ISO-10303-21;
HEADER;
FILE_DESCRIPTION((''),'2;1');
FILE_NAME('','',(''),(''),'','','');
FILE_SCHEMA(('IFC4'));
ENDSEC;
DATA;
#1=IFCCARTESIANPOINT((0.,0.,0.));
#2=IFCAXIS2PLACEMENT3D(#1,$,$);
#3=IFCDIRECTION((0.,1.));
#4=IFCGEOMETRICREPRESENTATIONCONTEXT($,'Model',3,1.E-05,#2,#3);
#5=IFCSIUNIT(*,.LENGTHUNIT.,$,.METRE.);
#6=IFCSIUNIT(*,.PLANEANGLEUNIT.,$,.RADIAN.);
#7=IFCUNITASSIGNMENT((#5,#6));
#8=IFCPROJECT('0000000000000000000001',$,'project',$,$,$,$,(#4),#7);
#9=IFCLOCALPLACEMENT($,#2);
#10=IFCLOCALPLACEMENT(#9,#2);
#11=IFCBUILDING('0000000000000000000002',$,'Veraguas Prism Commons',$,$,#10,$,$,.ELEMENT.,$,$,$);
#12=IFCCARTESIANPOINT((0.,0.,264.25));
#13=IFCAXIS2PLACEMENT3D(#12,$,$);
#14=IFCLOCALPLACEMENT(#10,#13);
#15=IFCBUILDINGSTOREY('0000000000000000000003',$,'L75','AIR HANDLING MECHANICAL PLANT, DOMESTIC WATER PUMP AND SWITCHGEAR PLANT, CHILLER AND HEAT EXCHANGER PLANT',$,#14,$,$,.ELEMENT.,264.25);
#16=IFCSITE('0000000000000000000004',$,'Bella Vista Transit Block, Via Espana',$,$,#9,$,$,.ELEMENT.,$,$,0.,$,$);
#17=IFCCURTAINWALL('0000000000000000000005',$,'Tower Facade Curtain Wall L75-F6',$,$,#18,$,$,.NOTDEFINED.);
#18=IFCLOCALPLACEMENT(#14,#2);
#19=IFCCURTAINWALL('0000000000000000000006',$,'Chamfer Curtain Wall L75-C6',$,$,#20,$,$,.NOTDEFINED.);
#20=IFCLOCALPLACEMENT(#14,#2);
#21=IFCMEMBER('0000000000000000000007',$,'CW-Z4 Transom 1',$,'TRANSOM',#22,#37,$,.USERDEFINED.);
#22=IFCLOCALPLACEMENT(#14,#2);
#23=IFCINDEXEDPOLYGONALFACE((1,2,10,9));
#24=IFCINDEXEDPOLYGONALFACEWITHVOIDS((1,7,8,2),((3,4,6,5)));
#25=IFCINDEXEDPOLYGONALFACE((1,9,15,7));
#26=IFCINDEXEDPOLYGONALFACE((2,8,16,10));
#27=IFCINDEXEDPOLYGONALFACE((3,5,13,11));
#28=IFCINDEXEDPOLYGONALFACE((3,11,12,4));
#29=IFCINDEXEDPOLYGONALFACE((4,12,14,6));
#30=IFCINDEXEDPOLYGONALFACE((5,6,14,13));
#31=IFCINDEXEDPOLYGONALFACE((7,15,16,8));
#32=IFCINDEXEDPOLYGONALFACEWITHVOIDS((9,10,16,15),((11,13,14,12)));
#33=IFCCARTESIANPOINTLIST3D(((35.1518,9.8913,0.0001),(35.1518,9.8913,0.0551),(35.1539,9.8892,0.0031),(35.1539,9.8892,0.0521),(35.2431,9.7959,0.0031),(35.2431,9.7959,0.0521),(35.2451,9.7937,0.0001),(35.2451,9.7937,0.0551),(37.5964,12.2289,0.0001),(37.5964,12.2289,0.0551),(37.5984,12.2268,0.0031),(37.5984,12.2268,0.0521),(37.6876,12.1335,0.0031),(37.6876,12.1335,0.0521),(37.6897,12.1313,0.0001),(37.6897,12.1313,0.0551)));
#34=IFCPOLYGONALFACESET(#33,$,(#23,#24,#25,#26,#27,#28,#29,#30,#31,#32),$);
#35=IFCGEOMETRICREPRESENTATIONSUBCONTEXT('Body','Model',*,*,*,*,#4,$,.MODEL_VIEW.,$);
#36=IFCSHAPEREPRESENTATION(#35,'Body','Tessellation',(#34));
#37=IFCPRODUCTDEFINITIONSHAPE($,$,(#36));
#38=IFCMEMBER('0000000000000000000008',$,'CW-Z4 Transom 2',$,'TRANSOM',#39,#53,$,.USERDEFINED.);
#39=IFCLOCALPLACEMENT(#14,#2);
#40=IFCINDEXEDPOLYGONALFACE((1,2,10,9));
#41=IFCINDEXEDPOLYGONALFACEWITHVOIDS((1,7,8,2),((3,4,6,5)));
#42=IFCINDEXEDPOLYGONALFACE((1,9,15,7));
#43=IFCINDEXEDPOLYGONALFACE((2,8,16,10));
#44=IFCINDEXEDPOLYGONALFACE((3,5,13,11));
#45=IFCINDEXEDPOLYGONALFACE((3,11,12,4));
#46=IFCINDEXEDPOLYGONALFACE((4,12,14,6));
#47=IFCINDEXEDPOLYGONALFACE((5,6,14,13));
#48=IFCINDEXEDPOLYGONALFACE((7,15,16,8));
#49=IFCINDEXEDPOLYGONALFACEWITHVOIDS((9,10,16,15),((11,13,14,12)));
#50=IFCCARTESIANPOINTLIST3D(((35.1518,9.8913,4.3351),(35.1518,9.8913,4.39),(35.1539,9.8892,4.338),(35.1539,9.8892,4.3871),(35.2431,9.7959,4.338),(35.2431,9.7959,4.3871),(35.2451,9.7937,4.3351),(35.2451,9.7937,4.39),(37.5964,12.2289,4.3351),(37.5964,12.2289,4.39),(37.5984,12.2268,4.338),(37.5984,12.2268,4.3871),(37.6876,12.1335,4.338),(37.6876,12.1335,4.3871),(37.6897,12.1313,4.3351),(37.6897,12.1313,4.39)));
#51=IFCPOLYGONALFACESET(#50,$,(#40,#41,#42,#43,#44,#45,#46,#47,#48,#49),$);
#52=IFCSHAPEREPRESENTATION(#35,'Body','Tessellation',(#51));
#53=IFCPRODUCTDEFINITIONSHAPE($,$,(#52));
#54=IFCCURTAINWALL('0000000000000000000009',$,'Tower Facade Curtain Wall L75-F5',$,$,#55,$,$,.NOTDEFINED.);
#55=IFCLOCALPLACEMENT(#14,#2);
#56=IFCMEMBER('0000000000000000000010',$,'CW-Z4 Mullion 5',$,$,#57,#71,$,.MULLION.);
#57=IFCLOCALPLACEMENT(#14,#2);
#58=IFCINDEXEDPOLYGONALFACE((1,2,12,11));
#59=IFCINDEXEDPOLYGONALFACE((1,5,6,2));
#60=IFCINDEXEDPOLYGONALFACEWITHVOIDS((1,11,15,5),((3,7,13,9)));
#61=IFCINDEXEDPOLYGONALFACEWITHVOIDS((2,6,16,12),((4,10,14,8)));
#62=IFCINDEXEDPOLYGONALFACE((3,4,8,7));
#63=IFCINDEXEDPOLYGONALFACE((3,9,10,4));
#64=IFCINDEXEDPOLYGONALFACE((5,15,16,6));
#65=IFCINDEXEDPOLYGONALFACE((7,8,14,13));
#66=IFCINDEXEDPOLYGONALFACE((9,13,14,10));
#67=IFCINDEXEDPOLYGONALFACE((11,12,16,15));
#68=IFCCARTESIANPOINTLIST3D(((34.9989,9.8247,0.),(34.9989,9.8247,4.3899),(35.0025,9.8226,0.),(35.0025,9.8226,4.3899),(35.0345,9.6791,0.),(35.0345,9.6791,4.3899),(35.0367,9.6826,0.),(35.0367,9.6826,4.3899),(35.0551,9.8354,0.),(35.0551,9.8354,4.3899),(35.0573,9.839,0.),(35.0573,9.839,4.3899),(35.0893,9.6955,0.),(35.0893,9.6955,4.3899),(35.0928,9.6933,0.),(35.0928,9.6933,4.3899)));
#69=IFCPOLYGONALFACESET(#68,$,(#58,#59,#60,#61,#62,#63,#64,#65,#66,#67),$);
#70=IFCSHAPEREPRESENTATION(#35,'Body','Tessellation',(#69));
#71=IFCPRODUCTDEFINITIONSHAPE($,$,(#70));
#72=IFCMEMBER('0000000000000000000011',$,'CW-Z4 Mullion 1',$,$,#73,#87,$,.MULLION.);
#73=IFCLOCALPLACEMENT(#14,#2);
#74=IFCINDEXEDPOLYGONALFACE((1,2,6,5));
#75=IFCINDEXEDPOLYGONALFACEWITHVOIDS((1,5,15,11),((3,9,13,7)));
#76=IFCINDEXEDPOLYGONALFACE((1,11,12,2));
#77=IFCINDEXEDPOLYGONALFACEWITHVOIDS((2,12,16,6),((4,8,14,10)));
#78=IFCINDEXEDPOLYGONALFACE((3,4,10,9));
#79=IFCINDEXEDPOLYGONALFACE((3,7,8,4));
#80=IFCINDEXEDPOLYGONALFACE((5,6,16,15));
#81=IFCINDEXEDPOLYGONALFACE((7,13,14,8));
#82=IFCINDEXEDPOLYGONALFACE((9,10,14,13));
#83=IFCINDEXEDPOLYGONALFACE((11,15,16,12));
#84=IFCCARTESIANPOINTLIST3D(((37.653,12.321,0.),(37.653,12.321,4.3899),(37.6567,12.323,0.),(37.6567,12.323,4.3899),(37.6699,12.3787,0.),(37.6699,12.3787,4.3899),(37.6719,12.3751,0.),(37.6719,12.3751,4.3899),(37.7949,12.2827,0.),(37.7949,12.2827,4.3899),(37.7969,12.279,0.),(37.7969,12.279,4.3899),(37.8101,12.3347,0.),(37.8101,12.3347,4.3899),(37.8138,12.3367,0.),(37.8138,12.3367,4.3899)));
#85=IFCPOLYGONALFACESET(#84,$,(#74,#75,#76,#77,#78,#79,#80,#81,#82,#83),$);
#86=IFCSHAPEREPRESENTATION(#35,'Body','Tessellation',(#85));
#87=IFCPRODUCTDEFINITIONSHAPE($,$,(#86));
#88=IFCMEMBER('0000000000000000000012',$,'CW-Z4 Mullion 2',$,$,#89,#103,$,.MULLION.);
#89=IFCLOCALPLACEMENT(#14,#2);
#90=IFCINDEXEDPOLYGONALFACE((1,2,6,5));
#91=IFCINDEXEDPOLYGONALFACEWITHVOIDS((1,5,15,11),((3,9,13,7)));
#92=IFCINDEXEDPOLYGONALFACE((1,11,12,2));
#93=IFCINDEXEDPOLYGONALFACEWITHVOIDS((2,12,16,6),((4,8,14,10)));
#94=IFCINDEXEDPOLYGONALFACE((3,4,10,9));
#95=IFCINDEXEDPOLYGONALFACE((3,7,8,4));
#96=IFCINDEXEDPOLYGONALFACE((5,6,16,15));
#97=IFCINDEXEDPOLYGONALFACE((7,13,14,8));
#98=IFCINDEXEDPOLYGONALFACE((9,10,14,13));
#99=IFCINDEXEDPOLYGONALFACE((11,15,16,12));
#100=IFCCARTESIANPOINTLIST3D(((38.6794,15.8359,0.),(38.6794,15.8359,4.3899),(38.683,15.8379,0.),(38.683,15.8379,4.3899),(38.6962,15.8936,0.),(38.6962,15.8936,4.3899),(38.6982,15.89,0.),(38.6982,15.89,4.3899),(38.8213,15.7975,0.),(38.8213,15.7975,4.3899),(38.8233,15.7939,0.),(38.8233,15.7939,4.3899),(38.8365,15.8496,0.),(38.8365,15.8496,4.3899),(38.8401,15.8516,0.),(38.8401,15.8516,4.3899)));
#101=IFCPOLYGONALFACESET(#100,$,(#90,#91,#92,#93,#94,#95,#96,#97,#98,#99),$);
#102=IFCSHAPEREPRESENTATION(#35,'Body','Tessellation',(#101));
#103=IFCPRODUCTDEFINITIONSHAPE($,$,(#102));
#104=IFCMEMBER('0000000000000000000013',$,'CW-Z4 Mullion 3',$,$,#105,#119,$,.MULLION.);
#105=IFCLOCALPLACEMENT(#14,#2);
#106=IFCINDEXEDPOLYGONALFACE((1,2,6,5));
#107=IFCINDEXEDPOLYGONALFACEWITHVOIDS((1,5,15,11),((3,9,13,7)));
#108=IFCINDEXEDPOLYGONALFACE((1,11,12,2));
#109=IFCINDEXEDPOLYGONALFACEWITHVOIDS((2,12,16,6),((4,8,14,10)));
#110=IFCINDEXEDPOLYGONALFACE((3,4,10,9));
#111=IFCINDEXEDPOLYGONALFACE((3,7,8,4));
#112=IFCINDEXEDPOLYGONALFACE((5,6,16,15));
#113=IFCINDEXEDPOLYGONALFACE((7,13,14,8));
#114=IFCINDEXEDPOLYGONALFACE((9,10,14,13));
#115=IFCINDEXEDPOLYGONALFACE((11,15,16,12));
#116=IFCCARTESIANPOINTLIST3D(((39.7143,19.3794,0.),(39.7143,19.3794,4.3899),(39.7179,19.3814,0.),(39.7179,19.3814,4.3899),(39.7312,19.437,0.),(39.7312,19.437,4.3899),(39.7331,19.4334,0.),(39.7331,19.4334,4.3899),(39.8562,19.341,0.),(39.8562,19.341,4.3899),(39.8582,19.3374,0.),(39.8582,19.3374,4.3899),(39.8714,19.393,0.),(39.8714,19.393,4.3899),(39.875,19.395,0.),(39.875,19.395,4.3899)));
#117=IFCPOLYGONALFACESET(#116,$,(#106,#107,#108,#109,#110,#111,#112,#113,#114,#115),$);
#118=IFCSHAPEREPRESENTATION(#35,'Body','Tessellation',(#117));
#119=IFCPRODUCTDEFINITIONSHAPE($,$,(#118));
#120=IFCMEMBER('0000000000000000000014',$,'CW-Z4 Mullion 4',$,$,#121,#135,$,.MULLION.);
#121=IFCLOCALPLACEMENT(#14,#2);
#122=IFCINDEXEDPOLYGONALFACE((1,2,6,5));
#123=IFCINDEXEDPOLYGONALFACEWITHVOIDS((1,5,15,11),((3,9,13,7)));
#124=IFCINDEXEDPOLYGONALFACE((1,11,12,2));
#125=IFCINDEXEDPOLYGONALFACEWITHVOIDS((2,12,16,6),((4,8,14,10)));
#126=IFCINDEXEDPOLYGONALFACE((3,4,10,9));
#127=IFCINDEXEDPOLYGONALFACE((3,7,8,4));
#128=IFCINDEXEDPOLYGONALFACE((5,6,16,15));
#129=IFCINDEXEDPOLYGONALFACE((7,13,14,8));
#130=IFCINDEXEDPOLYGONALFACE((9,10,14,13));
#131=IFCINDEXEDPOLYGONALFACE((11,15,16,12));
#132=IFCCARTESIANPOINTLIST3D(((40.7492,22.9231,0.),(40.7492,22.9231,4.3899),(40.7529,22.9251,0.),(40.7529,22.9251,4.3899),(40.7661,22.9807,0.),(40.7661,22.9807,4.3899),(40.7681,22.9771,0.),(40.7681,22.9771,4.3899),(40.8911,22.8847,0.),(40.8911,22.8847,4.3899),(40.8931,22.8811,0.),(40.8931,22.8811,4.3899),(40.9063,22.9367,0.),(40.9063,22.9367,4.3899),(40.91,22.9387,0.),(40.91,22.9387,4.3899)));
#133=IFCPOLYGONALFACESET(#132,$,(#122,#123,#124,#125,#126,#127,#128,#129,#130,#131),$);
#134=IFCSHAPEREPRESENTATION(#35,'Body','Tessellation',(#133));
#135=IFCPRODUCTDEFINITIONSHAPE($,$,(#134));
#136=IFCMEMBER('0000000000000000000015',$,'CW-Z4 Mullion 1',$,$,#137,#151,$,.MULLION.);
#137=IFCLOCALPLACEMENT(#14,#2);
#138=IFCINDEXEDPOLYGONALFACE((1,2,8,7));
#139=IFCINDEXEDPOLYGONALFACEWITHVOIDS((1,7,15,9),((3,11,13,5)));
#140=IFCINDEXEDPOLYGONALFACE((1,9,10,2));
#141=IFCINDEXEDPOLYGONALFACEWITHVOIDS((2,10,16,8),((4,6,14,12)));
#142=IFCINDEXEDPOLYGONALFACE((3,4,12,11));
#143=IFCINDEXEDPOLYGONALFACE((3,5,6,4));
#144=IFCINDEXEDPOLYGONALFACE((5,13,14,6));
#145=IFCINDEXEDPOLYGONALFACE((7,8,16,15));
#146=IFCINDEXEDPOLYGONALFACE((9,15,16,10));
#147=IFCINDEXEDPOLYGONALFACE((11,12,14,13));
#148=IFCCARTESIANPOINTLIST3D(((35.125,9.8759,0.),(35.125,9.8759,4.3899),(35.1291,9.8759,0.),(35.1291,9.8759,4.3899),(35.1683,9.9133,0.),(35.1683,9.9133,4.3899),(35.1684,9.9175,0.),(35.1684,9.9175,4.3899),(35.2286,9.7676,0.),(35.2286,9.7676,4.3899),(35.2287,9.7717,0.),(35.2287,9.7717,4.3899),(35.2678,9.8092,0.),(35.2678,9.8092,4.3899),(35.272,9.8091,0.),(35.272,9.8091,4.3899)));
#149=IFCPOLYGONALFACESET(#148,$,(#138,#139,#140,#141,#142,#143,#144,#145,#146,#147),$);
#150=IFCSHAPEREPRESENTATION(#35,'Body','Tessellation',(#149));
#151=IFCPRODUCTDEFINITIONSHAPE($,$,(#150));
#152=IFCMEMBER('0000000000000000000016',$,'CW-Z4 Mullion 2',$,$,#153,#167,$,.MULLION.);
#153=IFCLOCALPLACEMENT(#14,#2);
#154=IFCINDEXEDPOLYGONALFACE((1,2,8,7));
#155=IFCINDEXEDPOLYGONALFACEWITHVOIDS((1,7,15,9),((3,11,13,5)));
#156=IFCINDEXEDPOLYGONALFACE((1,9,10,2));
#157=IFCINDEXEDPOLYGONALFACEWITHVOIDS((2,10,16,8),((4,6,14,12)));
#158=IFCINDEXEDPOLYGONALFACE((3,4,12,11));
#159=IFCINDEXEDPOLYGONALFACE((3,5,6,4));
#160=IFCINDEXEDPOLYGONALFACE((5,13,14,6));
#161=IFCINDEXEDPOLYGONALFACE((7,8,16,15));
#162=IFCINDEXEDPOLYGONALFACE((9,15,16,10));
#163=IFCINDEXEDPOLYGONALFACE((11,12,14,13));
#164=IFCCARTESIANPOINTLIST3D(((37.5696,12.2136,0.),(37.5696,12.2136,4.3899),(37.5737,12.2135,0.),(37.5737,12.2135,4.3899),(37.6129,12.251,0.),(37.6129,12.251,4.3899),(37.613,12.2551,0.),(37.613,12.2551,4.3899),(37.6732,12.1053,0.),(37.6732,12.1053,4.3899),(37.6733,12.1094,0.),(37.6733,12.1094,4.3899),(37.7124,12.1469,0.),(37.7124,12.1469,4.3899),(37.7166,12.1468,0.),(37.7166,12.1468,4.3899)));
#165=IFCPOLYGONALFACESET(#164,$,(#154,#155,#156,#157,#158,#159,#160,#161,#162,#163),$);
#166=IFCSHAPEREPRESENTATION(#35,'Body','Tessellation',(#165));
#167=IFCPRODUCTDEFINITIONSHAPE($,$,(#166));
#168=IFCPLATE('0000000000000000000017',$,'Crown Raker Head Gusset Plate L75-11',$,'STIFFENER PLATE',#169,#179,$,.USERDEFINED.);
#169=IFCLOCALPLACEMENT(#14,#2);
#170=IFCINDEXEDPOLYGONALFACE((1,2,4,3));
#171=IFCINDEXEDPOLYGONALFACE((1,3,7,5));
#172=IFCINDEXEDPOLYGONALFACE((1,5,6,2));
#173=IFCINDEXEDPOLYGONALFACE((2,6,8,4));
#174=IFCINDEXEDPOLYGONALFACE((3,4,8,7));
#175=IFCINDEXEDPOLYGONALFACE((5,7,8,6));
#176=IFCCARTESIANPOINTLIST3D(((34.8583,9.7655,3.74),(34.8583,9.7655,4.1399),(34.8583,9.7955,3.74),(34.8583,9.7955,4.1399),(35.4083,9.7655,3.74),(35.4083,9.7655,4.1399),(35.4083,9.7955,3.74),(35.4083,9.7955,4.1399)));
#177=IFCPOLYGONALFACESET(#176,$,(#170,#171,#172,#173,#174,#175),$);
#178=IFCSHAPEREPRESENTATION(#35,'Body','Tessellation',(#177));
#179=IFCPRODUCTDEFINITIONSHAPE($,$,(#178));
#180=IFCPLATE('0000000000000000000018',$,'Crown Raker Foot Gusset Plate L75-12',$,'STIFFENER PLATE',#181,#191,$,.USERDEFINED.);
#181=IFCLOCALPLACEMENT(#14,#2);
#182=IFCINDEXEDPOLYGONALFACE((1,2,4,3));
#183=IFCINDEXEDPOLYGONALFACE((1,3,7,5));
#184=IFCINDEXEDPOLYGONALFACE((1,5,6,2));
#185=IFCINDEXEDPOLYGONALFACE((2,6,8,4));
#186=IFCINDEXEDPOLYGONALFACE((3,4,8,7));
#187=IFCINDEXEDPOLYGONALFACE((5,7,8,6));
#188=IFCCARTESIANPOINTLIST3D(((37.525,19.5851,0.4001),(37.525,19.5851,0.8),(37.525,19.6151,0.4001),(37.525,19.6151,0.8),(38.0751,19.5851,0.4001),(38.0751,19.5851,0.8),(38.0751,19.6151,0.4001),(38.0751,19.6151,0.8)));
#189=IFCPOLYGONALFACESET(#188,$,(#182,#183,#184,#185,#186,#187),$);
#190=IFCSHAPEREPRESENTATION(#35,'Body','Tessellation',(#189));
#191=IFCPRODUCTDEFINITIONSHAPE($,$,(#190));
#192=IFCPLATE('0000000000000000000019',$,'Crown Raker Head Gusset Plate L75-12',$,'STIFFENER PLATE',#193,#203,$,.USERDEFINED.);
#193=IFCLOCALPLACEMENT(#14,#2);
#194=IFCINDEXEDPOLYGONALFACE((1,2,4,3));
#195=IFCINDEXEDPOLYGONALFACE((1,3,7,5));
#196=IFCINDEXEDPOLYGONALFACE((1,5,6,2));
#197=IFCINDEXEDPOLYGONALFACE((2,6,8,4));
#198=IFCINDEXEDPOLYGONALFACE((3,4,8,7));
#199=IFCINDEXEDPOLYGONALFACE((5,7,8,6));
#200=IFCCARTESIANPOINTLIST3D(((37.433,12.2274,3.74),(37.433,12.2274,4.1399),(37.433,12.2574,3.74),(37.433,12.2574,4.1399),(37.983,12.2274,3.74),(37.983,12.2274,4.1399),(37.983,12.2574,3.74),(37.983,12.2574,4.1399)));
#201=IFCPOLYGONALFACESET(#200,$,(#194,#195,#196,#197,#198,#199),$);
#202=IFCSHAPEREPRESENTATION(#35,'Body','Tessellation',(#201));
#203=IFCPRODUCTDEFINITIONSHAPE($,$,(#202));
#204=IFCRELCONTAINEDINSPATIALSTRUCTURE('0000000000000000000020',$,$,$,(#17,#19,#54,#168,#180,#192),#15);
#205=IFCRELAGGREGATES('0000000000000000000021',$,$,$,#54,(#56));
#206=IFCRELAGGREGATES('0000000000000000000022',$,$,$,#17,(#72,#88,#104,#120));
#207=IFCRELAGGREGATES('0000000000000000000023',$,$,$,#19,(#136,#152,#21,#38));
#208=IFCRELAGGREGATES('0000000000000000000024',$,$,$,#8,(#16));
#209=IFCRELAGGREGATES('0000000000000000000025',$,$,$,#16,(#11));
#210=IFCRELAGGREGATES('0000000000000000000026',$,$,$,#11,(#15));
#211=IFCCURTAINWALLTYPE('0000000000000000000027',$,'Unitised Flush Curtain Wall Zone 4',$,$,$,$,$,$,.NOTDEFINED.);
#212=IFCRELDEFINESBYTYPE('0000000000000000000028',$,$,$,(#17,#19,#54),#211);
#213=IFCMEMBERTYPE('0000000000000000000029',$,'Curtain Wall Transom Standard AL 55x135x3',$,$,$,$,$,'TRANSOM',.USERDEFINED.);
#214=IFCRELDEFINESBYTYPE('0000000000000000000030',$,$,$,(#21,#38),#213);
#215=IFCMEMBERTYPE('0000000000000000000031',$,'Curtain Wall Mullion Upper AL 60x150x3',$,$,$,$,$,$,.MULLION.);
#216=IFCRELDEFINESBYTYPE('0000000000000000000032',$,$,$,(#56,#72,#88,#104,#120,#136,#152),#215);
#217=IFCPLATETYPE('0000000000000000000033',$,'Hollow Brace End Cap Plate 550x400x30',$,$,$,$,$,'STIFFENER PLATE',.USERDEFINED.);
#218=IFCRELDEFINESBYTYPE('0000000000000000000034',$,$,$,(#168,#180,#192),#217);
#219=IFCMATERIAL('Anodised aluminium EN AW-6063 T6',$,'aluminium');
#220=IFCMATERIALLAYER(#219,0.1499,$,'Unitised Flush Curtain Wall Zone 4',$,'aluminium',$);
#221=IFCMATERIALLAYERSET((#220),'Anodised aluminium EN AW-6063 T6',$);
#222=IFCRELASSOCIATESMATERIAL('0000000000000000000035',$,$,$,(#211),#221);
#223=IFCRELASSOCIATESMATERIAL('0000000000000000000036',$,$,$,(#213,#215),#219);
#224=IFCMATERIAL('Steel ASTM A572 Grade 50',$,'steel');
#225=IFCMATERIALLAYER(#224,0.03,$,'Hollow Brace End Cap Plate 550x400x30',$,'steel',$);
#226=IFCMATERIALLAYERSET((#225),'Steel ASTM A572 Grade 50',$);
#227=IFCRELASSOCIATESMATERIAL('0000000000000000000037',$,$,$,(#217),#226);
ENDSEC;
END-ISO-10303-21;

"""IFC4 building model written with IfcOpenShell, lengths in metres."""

from ifc_helpers import new_model, si_unit, direction, frame, origin, origin_2d, place, context, subcontext, project, spatial, rectangle, hollow_rectangle, extrude, source, transform, mapped, material, layer, layer_set, material_profile, profile_set, type_object, element, aggregate, save


model = new_model("IFC4")

# Units and contexts
model_context = context("Model", 3, precision=1e-05, world=origin(), true_north=direction((0.0, 1.0)))
body_context = subcontext(model_context, "Body", "Model", "MODEL_VIEW")
ifc_project = project(units=[si_unit("LENGTHUNIT", "METRE"), si_unit("PLANEANGLEUNIT", "RADIAN")], contexts=[model_context])

# Site, building, storey
site_placement = place(None, origin())
site = spatial("IfcSite", under=ifc_project, at=site_placement, Name="Bella Vista Transit Block, Via Espana", CompositionType="ELEMENT", RefElevation=0.0)
building_placement = place(site_placement, origin())
building = spatial("IfcBuilding", under=site, at=building_placement, Name="Veraguas Prism Commons", CompositionType="ELEMENT")
storey_placement = place(building_placement, frame((0.0, 0.0, 264.25)))
storey = spatial("IfcBuildingStorey", under=building, at=storey_placement, Name="L75", Description="AIR HANDLING MECHANICAL PLANT, DOMESTIC WATER PUMP AND SWITCHGEAR PLANT, CHILLER AND HEAT EXCHANGER PLANT", CompositionType="ELEMENT", Elevation=264.25)

# Curtain walls, members
ifc_material_1 = material(Name="Anodised aluminium EN AW-6063 T6", Category="aluminium")
ifc_layer_1 = layer(ifc_material_1, 0.1499, Name="Unitised Flush Curtain Wall Zone 4", Category="aluminium")
ifc_layer_set_1 = layer_set([ifc_layer_1], Name="Anodised aluminium EN AW-6063 T6")
curtain_wall_type = type_object("IfcCurtainWallType", Name="Unitised Flush Curtain Wall Zone 4", PredefinedType="NOTDEFINED", material=ifc_layer_set_1)
curtain_wall_1_placement = place(storey_placement, origin())
curtain_wall_1 = element("IfcCurtainWall", 1, at=curtain_wall_1_placement, inside=storey, type_object=curtain_wall_type, Name="Tower Facade Curtain Wall L75-F6", PredefinedType="NOTDEFINED")
ifc_material_profile_1 = material_profile(ifc_material_1, hollow_rectangle(XDim=0.0549, YDim=0.135, WallThickness=0.0029, at=origin_2d()), Name="AL55X135X3")
ifc_profile_set_1 = profile_set([ifc_material_profile_1], Name="Anodised aluminium EN AW-6063 T6")
member_type_1 = type_object("IfcMemberType", Name="Curtain Wall Transom Standard AL 55x135x3", ElementType="TRANSOM", PredefinedType="USERDEFINED", material=ifc_profile_set_1)
curtain_wall_2_placement = place(storey_placement, origin())
curtain_wall_2 = element("IfcCurtainWall", 2, at=curtain_wall_2_placement, inside=storey, type_object=curtain_wall_type, Name="Chamfer Curtain Wall L75-C6", PredefinedType="NOTDEFINED")
shared_shape_1 = source(origin(), body_context, "Body", "SweptSolid", [
    extrude(hollow_rectangle(XDim=0.0549, YDim=0.135, WallThickness=0.0029, at=origin_2d()), origin(), (0.0, 0.0, 1.0), 3.3823),
])
member_1_placement = place(storey_placement, frame((35.1985, 9.8425, 0.0276), z_axis=(0.722737, 0.691123, 0.0), x_axis=(0.0, 0.0, 1.0)))
member_1 = element("IfcMember", 3, at=member_1_placement, type_object=member_type_1, Name="CW-Z4 Transom 1", ObjectType="TRANSOM", PredefinedType="USERDEFINED", context=body_context, shape_type="MappedRepresentation", body=[
    mapped(shared_shape_1, transform((0.0, 0.0, 0.0), scale=1.0)),
])
member_2_placement = place(storey_placement, frame((35.1985, 9.8425, 4.3625), z_axis=(0.722737, 0.691123, 0.0), x_axis=(0.0, 0.0, 1.0)))
member_2 = element("IfcMember", 4, at=member_2_placement, type_object=member_type_1, Name="CW-Z4 Transom 2", ObjectType="TRANSOM", PredefinedType="USERDEFINED", context=body_context, shape_type="MappedRepresentation", body=[
    mapped(shared_shape_1, transform((0.0, 0.0, 0.0), scale=1.0)),
])

# Curtain wall, member
curtain_wall_3_placement = place(storey_placement, origin())
curtain_wall_3 = element("IfcCurtainWall", 5, at=curtain_wall_3_placement, inside=storey, type_object=curtain_wall_type, Name="Tower Facade Curtain Wall L75-F5", PredefinedType="NOTDEFINED")
ifc_material_profile_2 = material_profile(ifc_material_1, hollow_rectangle(XDim=0.0601, YDim=0.1499, WallThickness=0.0029, at=origin_2d()), Name="AL60X150X3")
ifc_profile_set_2 = profile_set([ifc_material_profile_2], Name="Anodised aluminium EN AW-6063 T6")
member_type_2 = type_object("IfcMemberType", Name="Curtain Wall Mullion Upper AL 60x150x3", PredefinedType="MULLION", material=ifc_profile_set_2)
shared_shape_2 = source(origin(), body_context, "Body", "SweptSolid", [
    extrude(hollow_rectangle(XDim=0.0601, YDim=0.1499, WallThickness=0.0029, at=origin_2d()), origin(), (0.0, 0.0, 1.0), 4.3899),
])
member_3_placement = place(storey_placement, frame((35.0459, 9.759, 0.0), z_axis=(0.0, 0.0, 1.0), x_axis=(0.971466, 0.237181, 0.0)))
member_3 = element("IfcMember", 6, at=member_3_placement, type_object=member_type_2, Name="CW-Z4 Mullion 5", PredefinedType="MULLION", context=body_context, shape_type="MappedRepresentation", body=[
    mapped(shared_shape_2, transform((0.0, 0.0, 0.0), scale=1.0)),
])
aggregate(curtain_wall_3, [member_3])

# Members
member_4_placement = place(storey_placement, frame((37.7334, 12.3289, 0.0), z_axis=(0.0, 0.0, 1.0), x_axis=(0.280338, 0.959901, 0.0)))
member_4 = element("IfcMember", 7, at=member_4_placement, type_object=member_type_2, Name="CW-Z4 Mullion 1", PredefinedType="MULLION", context=body_context, shape_type="MappedRepresentation", body=[
    mapped(shared_shape_2, transform((0.0, 0.0, 0.0), scale=1.0)),
])
member_5_placement = place(storey_placement, frame((38.7598, 15.8438, 0.0), z_axis=(0.0, 0.0, 1.0), x_axis=(0.280338, 0.959901, 0.0)))
member_5 = element("IfcMember", 8, at=member_5_placement, type_object=member_type_2, Name="CW-Z4 Mullion 2", PredefinedType="MULLION", context=body_context, shape_type="MappedRepresentation", body=[
    mapped(shared_shape_2, transform((0.0, 0.0, 0.0), scale=1.0)),
])
member_6_placement = place(storey_placement, frame((39.7947, 19.3872, 0.0), z_axis=(0.0, 0.0, 1.0), x_axis=(0.280338, 0.959901, 0.0)))
member_6 = element("IfcMember", 9, at=member_6_placement, type_object=member_type_2, Name="CW-Z4 Mullion 3", PredefinedType="MULLION", context=body_context, shape_type="MappedRepresentation", body=[
    mapped(shared_shape_2, transform((0.0, 0.0, 0.0), scale=1.0)),
])
member_7_placement = place(storey_placement, frame((40.8296, 22.9309, 0.0), z_axis=(0.0, 0.0, 1.0), x_axis=(0.280338, 0.959901, 0.0)))
member_7 = element("IfcMember", 10, at=member_7_placement, type_object=member_type_2, Name="CW-Z4 Mullion 4", PredefinedType="MULLION", context=body_context, shape_type="MappedRepresentation", body=[
    mapped(shared_shape_2, transform((0.0, 0.0, 0.0), scale=1.0)),
])
member_8_placement = place(storey_placement, frame((35.1985, 9.8425, 0.0), z_axis=(0.0, 0.0, 1.0), x_axis=(0.722733, 0.691127, 0.0)))
member_8 = element("IfcMember", 11, at=member_8_placement, type_object=member_type_2, Name="CW-Z4 Mullion 1", PredefinedType="MULLION", context=body_context, shape_type="MappedRepresentation", body=[
    mapped(shared_shape_2, transform((0.0, 0.0, 0.0), scale=1.0)),
])
member_9_placement = place(storey_placement, frame((37.6431, 12.1802, 0.0), z_axis=(0.0, 0.0, 1.0), x_axis=(0.722733, 0.691127, 0.0)))
member_9 = element("IfcMember", 12, at=member_9_placement, type_object=member_type_2, Name="CW-Z4 Mullion 2", PredefinedType="MULLION", context=body_context, shape_type="MappedRepresentation", body=[
    mapped(shared_shape_2, transform((0.0, 0.0, 0.0), scale=1.0)),
])

# Plates
ifc_material_2 = material(Name="Steel ASTM A572 Grade 50", Category="steel")
ifc_layer_2 = layer(ifc_material_2, 0.03, Name="Hollow Brace End Cap Plate 550x400x30", Category="steel")
ifc_layer_set_2 = layer_set([ifc_layer_2], Name="Steel ASTM A572 Grade 50")
plate_type_1 = type_object("IfcPlateType", Name="Hollow Brace End Cap Plate 550x400x30", ElementType="STIFFENER PLATE", PredefinedType="USERDEFINED", material=ifc_layer_set_2)
shared_shape_3 = source(origin(), body_context, "Body", "SweptSolid", [
    extrude(rectangle(XDim=0.55, YDim=0.03, at=origin_2d()), origin(), (0.0, 0.0, 1.0), 0.3999),
])
for number, where, z_axis, x_axis, name in (
    (13, (35.1333, 9.7805, 3.74), (0.0, 0.0, 1.0), (1.0, 0.0, 0.0), "Crown Raker Head Gusset Plate L75-11"),
    (14, (37.8, 19.6001, 0.4001), (0.0, 0.0, 1.0), (1.0, 0.0, 0.0), "Crown Raker Foot Gusset Plate L75-12"),
    (15, (37.708, 12.2424, 3.74), (0.0, 0.0, 1.0), (1.0, 0.0, 0.0), "Crown Raker Head Gusset Plate L75-12"),
):
    element("IfcPlate", number, at=place(storey_placement, frame(where, z_axis=z_axis, x_axis=x_axis)), inside=storey, type_object=plate_type_1, Name=name, ObjectType="STIFFENER PLATE", PredefinedType="USERDEFINED", context=body_context, shape_type="MappedRepresentation", body=[
        mapped(shared_shape_3, transform((0.0, 0.0, 0.0), scale=1.0)),
    ])

aggregate(curtain_wall_1, [member_4, member_5, member_6, member_7])
aggregate(curtain_wall_2, [member_8, member_9, member_1, member_2])

save(model, "model.ifc")
